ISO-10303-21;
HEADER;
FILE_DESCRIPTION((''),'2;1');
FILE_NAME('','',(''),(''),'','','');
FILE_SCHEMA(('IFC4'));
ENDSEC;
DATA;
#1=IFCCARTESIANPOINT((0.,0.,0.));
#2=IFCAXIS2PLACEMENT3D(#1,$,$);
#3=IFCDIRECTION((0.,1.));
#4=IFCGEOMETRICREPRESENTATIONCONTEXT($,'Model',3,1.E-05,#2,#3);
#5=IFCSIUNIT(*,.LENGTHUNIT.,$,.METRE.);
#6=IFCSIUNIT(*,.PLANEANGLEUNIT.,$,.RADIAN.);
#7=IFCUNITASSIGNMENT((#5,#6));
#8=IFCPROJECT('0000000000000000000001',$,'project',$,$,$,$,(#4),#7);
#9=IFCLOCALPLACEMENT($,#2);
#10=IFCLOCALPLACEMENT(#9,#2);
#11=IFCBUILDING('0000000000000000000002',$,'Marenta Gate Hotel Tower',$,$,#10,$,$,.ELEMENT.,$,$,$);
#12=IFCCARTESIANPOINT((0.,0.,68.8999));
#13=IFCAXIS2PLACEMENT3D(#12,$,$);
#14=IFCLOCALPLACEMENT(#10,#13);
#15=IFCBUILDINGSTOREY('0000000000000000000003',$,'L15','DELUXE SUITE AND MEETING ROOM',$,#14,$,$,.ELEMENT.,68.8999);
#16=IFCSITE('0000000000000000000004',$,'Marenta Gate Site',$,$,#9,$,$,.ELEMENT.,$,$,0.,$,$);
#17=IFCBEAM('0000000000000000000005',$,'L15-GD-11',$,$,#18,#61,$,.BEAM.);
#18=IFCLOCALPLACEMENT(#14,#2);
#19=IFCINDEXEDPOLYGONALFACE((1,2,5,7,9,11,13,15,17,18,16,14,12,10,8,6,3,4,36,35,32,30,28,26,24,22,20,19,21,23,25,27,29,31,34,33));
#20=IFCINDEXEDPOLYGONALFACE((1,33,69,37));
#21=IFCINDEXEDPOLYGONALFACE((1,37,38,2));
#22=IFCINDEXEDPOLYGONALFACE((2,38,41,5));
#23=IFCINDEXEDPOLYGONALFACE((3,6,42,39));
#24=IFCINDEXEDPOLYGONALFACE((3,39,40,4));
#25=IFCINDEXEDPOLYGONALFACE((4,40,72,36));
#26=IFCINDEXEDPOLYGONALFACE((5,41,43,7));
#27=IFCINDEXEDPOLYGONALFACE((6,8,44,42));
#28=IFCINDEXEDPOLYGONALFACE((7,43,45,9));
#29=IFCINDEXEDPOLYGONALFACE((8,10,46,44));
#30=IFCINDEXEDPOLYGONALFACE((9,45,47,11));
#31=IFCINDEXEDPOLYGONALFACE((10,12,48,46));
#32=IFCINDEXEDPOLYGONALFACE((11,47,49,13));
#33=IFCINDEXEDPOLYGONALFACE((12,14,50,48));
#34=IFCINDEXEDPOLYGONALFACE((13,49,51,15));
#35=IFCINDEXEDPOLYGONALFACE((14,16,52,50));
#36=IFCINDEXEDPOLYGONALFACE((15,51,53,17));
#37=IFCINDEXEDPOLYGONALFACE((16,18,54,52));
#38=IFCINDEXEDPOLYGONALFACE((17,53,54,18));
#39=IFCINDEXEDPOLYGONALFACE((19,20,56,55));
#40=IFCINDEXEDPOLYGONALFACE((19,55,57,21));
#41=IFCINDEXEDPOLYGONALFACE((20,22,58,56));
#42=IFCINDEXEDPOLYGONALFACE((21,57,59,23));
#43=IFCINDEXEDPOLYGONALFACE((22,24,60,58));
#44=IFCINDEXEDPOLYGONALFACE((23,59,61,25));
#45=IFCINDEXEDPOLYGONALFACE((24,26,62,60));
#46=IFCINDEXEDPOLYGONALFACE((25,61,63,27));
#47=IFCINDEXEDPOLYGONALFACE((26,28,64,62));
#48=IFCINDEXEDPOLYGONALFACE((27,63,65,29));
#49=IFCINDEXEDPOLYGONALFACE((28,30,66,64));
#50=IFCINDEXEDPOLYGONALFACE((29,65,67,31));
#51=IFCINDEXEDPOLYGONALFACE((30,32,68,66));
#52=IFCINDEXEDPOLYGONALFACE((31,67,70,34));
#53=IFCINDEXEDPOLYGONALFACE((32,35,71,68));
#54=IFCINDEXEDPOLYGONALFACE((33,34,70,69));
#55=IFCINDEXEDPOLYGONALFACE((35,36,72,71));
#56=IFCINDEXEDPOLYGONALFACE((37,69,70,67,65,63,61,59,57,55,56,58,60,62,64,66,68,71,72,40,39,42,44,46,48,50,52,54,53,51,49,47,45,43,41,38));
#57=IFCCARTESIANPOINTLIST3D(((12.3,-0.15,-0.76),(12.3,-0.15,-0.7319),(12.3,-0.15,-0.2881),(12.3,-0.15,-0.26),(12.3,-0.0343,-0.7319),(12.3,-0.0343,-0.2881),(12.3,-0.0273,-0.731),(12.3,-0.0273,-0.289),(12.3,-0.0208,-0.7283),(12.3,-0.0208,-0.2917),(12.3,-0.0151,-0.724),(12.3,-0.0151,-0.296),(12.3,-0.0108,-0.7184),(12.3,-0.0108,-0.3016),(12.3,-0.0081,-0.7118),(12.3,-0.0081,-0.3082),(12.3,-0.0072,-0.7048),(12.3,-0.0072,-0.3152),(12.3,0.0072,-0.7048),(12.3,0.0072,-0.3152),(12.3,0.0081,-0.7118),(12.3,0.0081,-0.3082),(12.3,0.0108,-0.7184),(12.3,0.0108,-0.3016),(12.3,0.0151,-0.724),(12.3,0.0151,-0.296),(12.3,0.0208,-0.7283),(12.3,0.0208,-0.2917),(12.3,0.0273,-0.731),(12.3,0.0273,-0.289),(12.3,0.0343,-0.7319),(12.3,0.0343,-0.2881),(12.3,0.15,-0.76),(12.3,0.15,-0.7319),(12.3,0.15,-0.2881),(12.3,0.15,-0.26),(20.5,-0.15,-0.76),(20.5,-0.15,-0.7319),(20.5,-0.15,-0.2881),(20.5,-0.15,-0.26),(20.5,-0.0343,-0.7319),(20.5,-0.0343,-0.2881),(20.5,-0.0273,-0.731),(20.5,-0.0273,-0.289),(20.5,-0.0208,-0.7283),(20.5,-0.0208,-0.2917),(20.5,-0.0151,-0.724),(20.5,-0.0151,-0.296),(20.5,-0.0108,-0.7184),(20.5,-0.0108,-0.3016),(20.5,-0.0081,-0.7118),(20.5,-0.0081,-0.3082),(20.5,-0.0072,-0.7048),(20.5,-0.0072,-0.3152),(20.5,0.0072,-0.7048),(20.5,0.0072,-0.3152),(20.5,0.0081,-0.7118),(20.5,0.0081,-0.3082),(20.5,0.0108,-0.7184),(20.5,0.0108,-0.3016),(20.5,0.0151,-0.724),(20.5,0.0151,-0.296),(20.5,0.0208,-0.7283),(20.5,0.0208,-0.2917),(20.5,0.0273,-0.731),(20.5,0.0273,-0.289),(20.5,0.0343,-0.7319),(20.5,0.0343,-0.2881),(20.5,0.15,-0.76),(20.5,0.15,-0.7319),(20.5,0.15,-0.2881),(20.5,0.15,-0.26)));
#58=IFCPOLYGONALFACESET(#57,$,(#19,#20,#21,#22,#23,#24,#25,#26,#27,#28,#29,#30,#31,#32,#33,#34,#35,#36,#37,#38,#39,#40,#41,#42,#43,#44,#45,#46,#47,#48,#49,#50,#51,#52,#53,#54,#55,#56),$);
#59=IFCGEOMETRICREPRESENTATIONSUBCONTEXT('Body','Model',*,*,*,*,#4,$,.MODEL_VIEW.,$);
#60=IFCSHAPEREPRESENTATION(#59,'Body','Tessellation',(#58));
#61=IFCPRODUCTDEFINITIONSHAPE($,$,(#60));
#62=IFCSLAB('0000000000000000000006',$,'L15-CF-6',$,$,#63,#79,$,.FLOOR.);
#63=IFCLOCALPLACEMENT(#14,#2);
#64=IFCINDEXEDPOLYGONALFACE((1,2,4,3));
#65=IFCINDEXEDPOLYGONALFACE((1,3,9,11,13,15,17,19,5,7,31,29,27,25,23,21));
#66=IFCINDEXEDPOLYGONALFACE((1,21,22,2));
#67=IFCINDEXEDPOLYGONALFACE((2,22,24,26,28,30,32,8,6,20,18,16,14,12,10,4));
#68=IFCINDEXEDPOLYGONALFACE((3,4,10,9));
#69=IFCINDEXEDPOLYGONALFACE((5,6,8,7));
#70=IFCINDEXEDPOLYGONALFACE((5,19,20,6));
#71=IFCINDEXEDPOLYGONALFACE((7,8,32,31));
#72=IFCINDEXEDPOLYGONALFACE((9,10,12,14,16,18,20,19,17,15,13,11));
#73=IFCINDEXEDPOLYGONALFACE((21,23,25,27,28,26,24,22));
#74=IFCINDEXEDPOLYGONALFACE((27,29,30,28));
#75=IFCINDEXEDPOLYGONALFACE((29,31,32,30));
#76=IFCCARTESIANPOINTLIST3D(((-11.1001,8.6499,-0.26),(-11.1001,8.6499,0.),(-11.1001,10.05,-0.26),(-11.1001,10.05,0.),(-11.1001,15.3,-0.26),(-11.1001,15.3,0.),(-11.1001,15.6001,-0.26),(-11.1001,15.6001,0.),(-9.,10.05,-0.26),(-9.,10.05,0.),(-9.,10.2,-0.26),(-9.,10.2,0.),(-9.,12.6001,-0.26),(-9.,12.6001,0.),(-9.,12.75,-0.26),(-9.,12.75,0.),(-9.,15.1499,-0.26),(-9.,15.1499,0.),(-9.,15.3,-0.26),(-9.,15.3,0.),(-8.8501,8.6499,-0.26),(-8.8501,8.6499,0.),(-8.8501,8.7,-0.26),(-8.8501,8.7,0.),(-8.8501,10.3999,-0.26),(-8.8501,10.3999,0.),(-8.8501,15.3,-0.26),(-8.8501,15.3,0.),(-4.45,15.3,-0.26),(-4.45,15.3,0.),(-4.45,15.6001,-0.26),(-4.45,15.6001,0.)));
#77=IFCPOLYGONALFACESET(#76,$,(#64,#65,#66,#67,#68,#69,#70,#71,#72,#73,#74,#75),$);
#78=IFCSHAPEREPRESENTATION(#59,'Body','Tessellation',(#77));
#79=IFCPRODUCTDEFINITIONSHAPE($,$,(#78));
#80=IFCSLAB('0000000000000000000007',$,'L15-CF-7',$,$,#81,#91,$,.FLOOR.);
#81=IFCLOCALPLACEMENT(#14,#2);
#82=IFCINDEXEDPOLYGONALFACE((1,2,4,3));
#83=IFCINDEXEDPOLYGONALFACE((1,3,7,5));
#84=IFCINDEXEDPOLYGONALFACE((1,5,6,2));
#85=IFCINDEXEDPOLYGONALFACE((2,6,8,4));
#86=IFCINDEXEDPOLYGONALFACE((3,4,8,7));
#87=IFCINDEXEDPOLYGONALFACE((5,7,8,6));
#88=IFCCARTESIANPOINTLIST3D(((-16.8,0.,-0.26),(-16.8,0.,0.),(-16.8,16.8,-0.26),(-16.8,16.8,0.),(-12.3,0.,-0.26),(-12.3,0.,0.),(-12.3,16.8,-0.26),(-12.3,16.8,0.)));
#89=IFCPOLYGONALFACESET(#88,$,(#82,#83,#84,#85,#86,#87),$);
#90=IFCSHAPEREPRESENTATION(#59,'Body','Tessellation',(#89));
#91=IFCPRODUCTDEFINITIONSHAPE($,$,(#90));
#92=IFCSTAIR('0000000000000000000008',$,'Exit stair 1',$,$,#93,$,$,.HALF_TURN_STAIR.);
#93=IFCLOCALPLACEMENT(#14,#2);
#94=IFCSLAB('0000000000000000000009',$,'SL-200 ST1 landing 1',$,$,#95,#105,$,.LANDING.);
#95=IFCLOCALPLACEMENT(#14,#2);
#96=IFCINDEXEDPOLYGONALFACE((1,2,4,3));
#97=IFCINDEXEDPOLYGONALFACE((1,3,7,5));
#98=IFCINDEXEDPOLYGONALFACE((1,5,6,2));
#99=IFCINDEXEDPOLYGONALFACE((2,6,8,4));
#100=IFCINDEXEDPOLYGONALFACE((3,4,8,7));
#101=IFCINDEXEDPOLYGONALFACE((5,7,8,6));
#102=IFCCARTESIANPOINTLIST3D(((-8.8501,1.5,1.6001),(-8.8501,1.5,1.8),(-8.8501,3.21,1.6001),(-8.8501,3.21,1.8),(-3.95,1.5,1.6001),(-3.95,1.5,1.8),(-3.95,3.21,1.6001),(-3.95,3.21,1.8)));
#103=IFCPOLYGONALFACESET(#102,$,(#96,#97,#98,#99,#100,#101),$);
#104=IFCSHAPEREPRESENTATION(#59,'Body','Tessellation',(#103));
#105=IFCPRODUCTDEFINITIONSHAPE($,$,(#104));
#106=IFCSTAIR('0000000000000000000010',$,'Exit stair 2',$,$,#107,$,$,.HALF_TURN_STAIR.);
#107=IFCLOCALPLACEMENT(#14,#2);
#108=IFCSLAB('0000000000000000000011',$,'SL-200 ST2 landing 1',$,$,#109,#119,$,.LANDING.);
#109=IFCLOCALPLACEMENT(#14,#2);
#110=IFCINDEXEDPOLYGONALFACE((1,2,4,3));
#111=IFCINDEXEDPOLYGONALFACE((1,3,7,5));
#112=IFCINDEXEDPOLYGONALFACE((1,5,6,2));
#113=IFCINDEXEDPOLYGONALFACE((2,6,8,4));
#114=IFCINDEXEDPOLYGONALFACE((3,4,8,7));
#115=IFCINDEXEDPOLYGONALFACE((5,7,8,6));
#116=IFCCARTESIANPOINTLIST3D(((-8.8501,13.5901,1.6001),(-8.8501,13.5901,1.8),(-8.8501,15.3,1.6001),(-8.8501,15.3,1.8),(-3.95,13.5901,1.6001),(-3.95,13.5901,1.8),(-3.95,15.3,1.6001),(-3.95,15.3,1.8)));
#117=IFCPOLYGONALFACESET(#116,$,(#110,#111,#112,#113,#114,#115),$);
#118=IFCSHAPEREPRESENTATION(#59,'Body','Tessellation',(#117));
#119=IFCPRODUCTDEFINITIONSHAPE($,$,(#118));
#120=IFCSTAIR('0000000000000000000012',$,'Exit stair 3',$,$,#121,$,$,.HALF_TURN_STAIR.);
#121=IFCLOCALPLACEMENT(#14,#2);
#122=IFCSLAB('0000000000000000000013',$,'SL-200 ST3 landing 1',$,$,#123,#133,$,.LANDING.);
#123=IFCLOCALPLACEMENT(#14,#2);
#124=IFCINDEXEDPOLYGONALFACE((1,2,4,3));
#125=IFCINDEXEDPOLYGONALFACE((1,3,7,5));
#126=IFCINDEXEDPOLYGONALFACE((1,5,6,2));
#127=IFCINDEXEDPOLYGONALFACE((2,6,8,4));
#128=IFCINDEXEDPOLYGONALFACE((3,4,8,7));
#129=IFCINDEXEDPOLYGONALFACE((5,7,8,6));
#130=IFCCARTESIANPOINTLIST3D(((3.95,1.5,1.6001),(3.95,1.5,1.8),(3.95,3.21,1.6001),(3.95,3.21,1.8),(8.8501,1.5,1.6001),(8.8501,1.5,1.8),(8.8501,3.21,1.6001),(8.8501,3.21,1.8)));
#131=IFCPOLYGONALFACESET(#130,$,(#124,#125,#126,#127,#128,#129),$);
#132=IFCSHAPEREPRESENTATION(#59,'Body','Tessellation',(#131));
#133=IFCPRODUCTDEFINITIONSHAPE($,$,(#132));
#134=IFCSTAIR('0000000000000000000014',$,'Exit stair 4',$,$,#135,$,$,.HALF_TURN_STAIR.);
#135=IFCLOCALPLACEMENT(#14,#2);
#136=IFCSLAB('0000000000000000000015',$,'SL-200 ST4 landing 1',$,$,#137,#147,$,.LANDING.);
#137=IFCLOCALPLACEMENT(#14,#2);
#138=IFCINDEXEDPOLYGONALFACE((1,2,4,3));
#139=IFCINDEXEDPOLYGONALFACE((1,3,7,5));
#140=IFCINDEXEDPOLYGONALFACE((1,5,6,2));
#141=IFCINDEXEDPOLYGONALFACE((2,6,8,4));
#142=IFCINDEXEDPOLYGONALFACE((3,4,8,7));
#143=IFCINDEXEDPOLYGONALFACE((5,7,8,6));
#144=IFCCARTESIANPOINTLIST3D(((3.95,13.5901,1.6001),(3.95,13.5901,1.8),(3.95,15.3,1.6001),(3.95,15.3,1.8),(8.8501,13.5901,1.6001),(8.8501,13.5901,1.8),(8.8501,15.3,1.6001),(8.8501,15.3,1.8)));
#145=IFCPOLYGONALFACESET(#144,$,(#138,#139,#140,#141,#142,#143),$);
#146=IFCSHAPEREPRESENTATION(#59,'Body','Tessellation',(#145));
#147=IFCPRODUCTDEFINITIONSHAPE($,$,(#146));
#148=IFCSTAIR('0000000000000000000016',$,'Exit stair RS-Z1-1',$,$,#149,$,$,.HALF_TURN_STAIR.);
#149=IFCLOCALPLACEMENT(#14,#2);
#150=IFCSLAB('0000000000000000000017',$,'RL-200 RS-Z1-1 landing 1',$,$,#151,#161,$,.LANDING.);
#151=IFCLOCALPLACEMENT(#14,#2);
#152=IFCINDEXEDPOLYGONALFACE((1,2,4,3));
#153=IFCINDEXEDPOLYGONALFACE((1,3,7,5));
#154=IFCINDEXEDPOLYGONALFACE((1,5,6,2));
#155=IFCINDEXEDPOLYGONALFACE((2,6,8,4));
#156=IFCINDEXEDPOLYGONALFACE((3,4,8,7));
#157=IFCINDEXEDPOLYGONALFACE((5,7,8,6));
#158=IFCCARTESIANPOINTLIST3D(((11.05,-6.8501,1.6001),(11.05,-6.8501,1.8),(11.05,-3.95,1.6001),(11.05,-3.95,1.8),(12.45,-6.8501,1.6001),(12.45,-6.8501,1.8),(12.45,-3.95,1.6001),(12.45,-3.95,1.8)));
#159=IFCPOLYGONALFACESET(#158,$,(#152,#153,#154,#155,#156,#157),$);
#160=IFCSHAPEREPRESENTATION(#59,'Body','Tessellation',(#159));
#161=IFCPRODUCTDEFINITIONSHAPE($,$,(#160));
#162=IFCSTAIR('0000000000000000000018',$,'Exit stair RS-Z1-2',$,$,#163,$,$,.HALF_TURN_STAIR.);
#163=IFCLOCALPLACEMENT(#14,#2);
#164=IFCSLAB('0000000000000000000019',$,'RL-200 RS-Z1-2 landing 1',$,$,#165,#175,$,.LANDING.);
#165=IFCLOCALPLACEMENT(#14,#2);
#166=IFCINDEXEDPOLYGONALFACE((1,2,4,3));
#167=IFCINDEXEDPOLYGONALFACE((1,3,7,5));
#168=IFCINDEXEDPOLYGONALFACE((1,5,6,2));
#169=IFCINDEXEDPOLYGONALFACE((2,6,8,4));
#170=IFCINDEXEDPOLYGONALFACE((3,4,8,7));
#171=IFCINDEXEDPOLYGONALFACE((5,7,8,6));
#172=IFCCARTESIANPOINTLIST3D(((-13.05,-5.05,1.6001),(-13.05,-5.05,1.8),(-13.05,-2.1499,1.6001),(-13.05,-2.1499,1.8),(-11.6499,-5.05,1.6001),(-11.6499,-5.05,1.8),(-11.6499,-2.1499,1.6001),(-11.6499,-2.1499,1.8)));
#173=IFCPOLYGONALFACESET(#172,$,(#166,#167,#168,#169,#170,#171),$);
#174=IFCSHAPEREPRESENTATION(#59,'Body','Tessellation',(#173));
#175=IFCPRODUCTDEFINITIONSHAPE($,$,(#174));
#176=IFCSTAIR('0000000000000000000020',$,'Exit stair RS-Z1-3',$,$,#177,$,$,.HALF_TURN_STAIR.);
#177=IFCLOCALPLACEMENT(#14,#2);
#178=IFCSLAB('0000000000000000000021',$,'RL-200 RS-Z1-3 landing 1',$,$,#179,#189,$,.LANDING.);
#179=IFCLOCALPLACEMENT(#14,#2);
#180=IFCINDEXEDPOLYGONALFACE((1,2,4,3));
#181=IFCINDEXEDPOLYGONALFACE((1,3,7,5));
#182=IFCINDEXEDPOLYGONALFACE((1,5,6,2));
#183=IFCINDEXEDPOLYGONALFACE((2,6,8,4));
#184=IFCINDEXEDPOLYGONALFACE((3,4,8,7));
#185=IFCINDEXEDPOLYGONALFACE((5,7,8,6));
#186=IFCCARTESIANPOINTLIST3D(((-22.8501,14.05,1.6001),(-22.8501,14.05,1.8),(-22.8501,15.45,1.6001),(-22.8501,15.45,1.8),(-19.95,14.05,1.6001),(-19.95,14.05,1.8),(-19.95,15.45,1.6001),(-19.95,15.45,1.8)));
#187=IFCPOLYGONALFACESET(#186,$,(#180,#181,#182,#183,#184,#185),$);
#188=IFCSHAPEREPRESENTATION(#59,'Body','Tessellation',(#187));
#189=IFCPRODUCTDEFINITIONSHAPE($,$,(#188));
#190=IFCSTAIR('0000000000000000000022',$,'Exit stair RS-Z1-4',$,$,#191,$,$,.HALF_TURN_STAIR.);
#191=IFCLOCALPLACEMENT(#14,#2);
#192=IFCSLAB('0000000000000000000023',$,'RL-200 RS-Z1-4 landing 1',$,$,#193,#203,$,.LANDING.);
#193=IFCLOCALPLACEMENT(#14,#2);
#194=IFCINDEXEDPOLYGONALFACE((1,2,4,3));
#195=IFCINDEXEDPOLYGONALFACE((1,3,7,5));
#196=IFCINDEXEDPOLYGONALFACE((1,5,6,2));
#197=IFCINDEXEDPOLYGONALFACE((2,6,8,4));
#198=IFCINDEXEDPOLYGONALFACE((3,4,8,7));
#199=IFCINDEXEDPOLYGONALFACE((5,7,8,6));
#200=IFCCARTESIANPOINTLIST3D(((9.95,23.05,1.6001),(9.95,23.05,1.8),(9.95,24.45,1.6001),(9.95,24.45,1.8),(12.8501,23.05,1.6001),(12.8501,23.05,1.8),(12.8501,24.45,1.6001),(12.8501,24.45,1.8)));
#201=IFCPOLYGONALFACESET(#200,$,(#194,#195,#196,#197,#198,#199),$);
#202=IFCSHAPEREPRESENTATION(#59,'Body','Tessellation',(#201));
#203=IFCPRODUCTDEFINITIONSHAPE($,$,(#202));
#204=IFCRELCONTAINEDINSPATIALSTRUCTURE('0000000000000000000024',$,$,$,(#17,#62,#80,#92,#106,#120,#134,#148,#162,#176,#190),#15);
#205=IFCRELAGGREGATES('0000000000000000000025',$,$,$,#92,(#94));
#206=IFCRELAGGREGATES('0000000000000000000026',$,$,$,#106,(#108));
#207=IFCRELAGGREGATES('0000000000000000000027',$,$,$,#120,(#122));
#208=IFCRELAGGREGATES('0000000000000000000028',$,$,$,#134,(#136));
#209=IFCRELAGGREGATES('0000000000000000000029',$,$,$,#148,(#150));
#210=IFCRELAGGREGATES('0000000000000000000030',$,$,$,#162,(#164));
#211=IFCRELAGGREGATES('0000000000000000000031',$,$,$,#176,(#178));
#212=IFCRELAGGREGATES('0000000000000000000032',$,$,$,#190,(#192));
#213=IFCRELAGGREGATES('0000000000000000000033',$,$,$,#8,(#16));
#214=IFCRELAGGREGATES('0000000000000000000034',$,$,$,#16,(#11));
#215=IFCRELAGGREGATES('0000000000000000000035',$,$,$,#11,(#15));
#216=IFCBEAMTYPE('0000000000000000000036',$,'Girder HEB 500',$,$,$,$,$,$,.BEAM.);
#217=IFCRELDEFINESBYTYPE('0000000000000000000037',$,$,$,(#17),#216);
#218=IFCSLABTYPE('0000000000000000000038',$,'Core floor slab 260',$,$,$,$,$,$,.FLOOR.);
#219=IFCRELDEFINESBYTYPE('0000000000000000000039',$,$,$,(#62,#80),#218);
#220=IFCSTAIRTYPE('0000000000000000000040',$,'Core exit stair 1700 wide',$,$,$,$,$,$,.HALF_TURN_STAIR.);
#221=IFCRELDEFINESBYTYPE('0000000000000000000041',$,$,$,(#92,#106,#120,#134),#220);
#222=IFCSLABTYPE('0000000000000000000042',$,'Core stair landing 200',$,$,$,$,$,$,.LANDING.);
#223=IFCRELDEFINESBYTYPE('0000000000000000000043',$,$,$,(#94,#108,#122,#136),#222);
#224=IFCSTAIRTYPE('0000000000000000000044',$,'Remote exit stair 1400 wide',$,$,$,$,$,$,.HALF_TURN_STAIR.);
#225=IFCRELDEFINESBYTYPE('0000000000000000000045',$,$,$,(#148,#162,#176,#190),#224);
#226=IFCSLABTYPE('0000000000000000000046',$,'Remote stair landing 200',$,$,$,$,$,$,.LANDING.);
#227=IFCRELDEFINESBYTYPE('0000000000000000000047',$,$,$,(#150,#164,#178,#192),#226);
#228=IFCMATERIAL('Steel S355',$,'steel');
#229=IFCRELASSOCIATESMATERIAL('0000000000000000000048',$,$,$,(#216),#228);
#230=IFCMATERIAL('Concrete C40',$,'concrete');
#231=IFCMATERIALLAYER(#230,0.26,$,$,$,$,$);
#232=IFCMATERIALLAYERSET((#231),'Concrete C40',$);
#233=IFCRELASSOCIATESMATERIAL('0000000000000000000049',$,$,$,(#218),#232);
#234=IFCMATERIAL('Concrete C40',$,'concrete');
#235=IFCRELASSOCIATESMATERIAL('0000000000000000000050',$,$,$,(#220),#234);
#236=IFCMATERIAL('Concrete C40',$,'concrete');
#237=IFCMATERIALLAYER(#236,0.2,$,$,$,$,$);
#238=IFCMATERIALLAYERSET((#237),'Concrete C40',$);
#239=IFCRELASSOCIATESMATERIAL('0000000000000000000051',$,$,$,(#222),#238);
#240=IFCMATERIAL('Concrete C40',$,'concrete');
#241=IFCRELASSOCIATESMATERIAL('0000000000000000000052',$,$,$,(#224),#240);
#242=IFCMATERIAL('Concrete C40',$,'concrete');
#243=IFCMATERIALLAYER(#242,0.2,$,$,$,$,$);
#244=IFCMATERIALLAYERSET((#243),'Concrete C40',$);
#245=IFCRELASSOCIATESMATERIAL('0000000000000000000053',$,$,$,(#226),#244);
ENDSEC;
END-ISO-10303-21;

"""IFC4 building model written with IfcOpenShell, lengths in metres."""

from ifc_helpers import new_model, si_unit, direction, frame, origin, origin_2d, place, context, subcontext, project, spatial, polyline, i_section, outline, extrude, material, layer, layer_set, material_profile, profile_set, type_object, element, aggregate, save


model = new_model("IFC4")

# Units and contexts
model_context = context("Model", 3, precision=1e-05, world=origin(), true_north=direction((0.0, 1.0)))
body_context = subcontext(model_context, "Body", "Model", "MODEL_VIEW")
ifc_project = project(units=[si_unit("LENGTHUNIT", "METRE"), si_unit("PLANEANGLEUNIT", "RADIAN")], contexts=[model_context])

# Site, building, storey
site_placement = place(None, origin())
site = spatial("IfcSite", under=ifc_project, at=site_placement, Name="Marenta Gate Site", CompositionType="ELEMENT", RefElevation=0.0)
building_placement = place(site_placement, origin())
building = spatial("IfcBuilding", under=site, at=building_placement, Name="Marenta Gate Hotel Tower", CompositionType="ELEMENT")
storey_placement = place(building_placement, frame((0.0, 0.0, 68.8999)))
storey = spatial("IfcBuildingStorey", under=building, at=storey_placement, Name="L15", Description="DELUXE SUITE AND MEETING ROOM", CompositionType="ELEMENT", Elevation=68.8999)

# Beam
ifc_material_1 = material(Name="Steel S355", Category="steel")
ifc_material_profile = material_profile(ifc_material_1, i_section(OverallWidth=0.3, OverallDepth=0.5, WebThickness=0.0144, FlangeThickness=0.0281, FilletRadius=0.0271, at=origin_2d()), Name="HEB 500")
ifc_profile_set = profile_set([ifc_material_profile], Name="Steel S355")
beam_type = type_object("IfcBeamType", Name="Girder HEB 500", PredefinedType="BEAM", material=ifc_profile_set)
beam_placement = place(storey_placement, frame((12.3, 0.0, -0.51), z_axis=(1.0, 0.0, 0.0), x_axis=(0.0, 1.0, 0.0)))
element("IfcBeam", 1, at=beam_placement, inside=storey, type_object=beam_type, Name="L15-GD-11", PredefinedType="BEAM", context=body_context, shape_type="SweptSolid", body=[
    extrude(i_section(OverallWidth=0.3, OverallDepth=0.5, WebThickness=0.0144, FlangeThickness=0.0281, FilletRadius=0.0271, at=origin_2d()), origin(), (0.0, 0.0, 1.0), 8.2),
])

# Slabs
ifc_material_2 = material(Name="Concrete C40", Category="concrete")
ifc_layer_1 = layer(ifc_material_2, 0.26)
ifc_layer_set_1 = layer_set([ifc_layer_1], Name="Concrete C40")
slab_type_1 = type_object("IfcSlabType", Name="Core floor slab 260", PredefinedType="FLOOR", material=ifc_layer_set_1)
slab_1_placement = place(storey_placement, frame((0.0, 0.0, -0.26)))
element("IfcSlab", 2, at=slab_1_placement, inside=storey, type_object=slab_type_1, Name="L15-CF-6", PredefinedType="FLOOR", context=body_context, shape_type="SweptSolid", body=[
    extrude(outline(polyline([(-4.45, 15.3), (-8.8501, 15.3), (-8.8501, 10.3999), (-8.8501, 8.7), (-8.8501, 8.6499), (-11.1001, 8.6499), (-11.1001, 10.05), (-9.0, 10.05), (-9.0, 10.2), (-9.0, 12.6001), (-9.0, 12.75), (-9.0, 15.1499), (-9.0, 15.3), (-11.1001, 15.3), (-11.1001, 15.6001), (-4.45, 15.6001), (-4.45, 15.3)])), origin(), (0.0, 0.0, 1.0), 0.26),
])
slab_2_placement = place(storey_placement, frame((0.0, 0.0, -0.26)))
element("IfcSlab", 3, at=slab_2_placement, inside=storey, type_object=slab_type_1, Name="L15-CF-7", PredefinedType="FLOOR", context=body_context, shape_type="SweptSolid", body=[
    extrude(outline(polyline([(-12.3, 16.8), (-12.3, 0.0), (-16.8, 0.0), (-16.8, 16.8), (-12.3, 16.8)])), origin(), (0.0, 0.0, 1.0), 0.26),
])

# Stairs, slabs
ifc_material_3 = material(Name="Concrete C40", Category="concrete")
stair_type_1 = type_object("IfcStairType", Name="Core exit stair 1700 wide", PredefinedType="HALF_TURN_STAIR", material=ifc_material_3)
stair_1_placement = place(storey_placement, origin())
stair_1 = element("IfcStair", 4, at=stair_1_placement, inside=storey, type_object=stair_type_1, Name="Exit stair 1", PredefinedType="HALF_TURN_STAIR")
ifc_material_4 = material(Name="Concrete C40", Category="concrete")
ifc_layer_2 = layer(ifc_material_4, 0.2)
ifc_layer_set_2 = layer_set([ifc_layer_2], Name="Concrete C40")
slab_type_2 = type_object("IfcSlabType", Name="Core stair landing 200", PredefinedType="LANDING", material=ifc_layer_set_2)
slab_3_placement = place(storey_placement, frame((0.0, 0.0, 1.6001)))
slab_3 = element("IfcSlab", 5, at=slab_3_placement, type_object=slab_type_2, Name="SL-200 ST1 landing 1", PredefinedType="LANDING", context=body_context, shape_type="SweptSolid", body=[
    extrude(outline(polyline([(-8.8501, 1.5), (-3.95, 1.5), (-3.95, 3.21), (-8.8501, 3.21), (-8.8501, 1.5)])), origin(), (0.0, 0.0, 1.0), 0.2),
])
aggregate(stair_1, [slab_3])
stair_2_placement = place(storey_placement, origin())
stair_2 = element("IfcStair", 6, at=stair_2_placement, inside=storey, type_object=stair_type_1, Name="Exit stair 2", PredefinedType="HALF_TURN_STAIR")
slab_4_placement = place(storey_placement, frame((0.0, 0.0, 1.6001)))
slab_4 = element("IfcSlab", 7, at=slab_4_placement, type_object=slab_type_2, Name="SL-200 ST2 landing 1", PredefinedType="LANDING", context=body_context, shape_type="SweptSolid", body=[
    extrude(outline(polyline([(-8.8501, 13.5901), (-3.95, 13.5901), (-3.95, 15.3), (-8.8501, 15.3), (-8.8501, 13.5901)])), origin(), (0.0, 0.0, 1.0), 0.2),
])
aggregate(stair_2, [slab_4])
stair_3_placement = place(storey_placement, origin())
stair_3 = element("IfcStair", 8, at=stair_3_placement, inside=storey, type_object=stair_type_1, Name="Exit stair 3", PredefinedType="HALF_TURN_STAIR")
slab_5_placement = place(storey_placement, frame((0.0, 0.0, 1.6001)))
slab_5 = element("IfcSlab", 9, at=slab_5_placement, type_object=slab_type_2, Name="SL-200 ST3 landing 1", PredefinedType="LANDING", context=body_context, shape_type="SweptSolid", body=[
    extrude(outline(polyline([(3.95, 1.5), (8.8501, 1.5), (8.8501, 3.21), (3.95, 3.21), (3.95, 1.5)])), origin(), (0.0, 0.0, 1.0), 0.2),
])
aggregate(stair_3, [slab_5])
stair_4_placement = place(storey_placement, origin())
stair_4 = element("IfcStair", 10, at=stair_4_placement, inside=storey, type_object=stair_type_1, Name="Exit stair 4", PredefinedType="HALF_TURN_STAIR")
slab_6_placement = place(storey_placement, frame((0.0, 0.0, 1.6001)))
slab_6 = element("IfcSlab", 11, at=slab_6_placement, type_object=slab_type_2, Name="SL-200 ST4 landing 1", PredefinedType="LANDING", context=body_context, shape_type="SweptSolid", body=[
    extrude(outline(polyline([(3.95, 13.5901), (8.8501, 13.5901), (8.8501, 15.3), (3.95, 15.3), (3.95, 13.5901)])), origin(), (0.0, 0.0, 1.0), 0.2),
])
aggregate(stair_4, [slab_6])
ifc_material_5 = material(Name="Concrete C40", Category="concrete")
stair_type_2 = type_object("IfcStairType", Name="Remote exit stair 1400 wide", PredefinedType="HALF_TURN_STAIR", material=ifc_material_5)
stair_5_placement = place(storey_placement, origin())
stair_5 = element("IfcStair", 12, at=stair_5_placement, inside=storey, type_object=stair_type_2, Name="Exit stair RS-Z1-1", PredefinedType="HALF_TURN_STAIR")
ifc_material_6 = material(Name="Concrete C40", Category="concrete")
ifc_layer_3 = layer(ifc_material_6, 0.2)
ifc_layer_set_3 = layer_set([ifc_layer_3], Name="Concrete C40")
slab_type_3 = type_object("IfcSlabType", Name="Remote stair landing 200", PredefinedType="LANDING", material=ifc_layer_set_3)
slab_7_placement = place(storey_placement, frame((0.0, 0.0, 1.6001)))
slab_7 = element("IfcSlab", 13, at=slab_7_placement, type_object=slab_type_3, Name="RL-200 RS-Z1-1 landing 1", PredefinedType="LANDING", context=body_context, shape_type="SweptSolid", body=[
    extrude(outline(polyline([(11.05, -6.8501), (12.45, -6.8501), (12.45, -3.95), (11.05, -3.95), (11.05, -6.8501)])), origin(), (0.0, 0.0, 1.0), 0.2),
])
aggregate(stair_5, [slab_7])
stair_6_placement = place(storey_placement, origin())
stair_6 = element("IfcStair", 14, at=stair_6_placement, inside=storey, type_object=stair_type_2, Name="Exit stair RS-Z1-2", PredefinedType="HALF_TURN_STAIR")
slab_8_placement = place(storey_placement, frame((0.0, 0.0, 1.6001)))
slab_8 = element("IfcSlab", 15, at=slab_8_placement, type_object=slab_type_3, Name="RL-200 RS-Z1-2 landing 1", PredefinedType="LANDING", context=body_context, shape_type="SweptSolid", body=[
    extrude(outline(polyline([(-13.05, -5.05), (-11.6499, -5.05), (-11.6499, -2.1499), (-13.05, -2.1499), (-13.05, -5.05)])), origin(), (0.0, 0.0, 1.0), 0.2),
])
aggregate(stair_6, [slab_8])
stair_7_placement = place(storey_placement, origin())
stair_7 = element("IfcStair", 16, at=stair_7_placement, inside=storey, type_object=stair_type_2, Name="Exit stair RS-Z1-3", PredefinedType="HALF_TURN_STAIR")
slab_9_placement = place(storey_placement, frame((0.0, 0.0, 1.6001)))
slab_9 = element("IfcSlab", 17, at=slab_9_placement, type_object=slab_type_3, Name="RL-200 RS-Z1-3 landing 1", PredefinedType="LANDING", context=body_context, shape_type="SweptSolid", body=[
    extrude(outline(polyline([(-22.8501, 14.05), (-19.95, 14.05), (-19.95, 15.45), (-22.8501, 15.45), (-22.8501, 14.05)])), origin(), (0.0, 0.0, 1.0), 0.2),
])
aggregate(stair_7, [slab_9])
stair_8_placement = place(storey_placement, origin())
stair_8 = element("IfcStair", 18, at=stair_8_placement, inside=storey, type_object=stair_type_2, Name="Exit stair RS-Z1-4", PredefinedType="HALF_TURN_STAIR")
slab_10_placement = place(storey_placement, frame((0.0, 0.0, 1.6001)))
slab_10 = element("IfcSlab", 19, at=slab_10_placement, type_object=slab_type_3, Name="RL-200 RS-Z1-4 landing 1", PredefinedType="LANDING", context=body_context, shape_type="SweptSolid", body=[
    extrude(outline(polyline([(9.95, 23.05), (12.8501, 23.05), (12.8501, 24.45), (9.95, 24.45), (9.95, 23.05)])), origin(), (0.0, 0.0, 1.0), 0.2),
])
aggregate(stair_8, [slab_10])

save(model, "model.ifc")
